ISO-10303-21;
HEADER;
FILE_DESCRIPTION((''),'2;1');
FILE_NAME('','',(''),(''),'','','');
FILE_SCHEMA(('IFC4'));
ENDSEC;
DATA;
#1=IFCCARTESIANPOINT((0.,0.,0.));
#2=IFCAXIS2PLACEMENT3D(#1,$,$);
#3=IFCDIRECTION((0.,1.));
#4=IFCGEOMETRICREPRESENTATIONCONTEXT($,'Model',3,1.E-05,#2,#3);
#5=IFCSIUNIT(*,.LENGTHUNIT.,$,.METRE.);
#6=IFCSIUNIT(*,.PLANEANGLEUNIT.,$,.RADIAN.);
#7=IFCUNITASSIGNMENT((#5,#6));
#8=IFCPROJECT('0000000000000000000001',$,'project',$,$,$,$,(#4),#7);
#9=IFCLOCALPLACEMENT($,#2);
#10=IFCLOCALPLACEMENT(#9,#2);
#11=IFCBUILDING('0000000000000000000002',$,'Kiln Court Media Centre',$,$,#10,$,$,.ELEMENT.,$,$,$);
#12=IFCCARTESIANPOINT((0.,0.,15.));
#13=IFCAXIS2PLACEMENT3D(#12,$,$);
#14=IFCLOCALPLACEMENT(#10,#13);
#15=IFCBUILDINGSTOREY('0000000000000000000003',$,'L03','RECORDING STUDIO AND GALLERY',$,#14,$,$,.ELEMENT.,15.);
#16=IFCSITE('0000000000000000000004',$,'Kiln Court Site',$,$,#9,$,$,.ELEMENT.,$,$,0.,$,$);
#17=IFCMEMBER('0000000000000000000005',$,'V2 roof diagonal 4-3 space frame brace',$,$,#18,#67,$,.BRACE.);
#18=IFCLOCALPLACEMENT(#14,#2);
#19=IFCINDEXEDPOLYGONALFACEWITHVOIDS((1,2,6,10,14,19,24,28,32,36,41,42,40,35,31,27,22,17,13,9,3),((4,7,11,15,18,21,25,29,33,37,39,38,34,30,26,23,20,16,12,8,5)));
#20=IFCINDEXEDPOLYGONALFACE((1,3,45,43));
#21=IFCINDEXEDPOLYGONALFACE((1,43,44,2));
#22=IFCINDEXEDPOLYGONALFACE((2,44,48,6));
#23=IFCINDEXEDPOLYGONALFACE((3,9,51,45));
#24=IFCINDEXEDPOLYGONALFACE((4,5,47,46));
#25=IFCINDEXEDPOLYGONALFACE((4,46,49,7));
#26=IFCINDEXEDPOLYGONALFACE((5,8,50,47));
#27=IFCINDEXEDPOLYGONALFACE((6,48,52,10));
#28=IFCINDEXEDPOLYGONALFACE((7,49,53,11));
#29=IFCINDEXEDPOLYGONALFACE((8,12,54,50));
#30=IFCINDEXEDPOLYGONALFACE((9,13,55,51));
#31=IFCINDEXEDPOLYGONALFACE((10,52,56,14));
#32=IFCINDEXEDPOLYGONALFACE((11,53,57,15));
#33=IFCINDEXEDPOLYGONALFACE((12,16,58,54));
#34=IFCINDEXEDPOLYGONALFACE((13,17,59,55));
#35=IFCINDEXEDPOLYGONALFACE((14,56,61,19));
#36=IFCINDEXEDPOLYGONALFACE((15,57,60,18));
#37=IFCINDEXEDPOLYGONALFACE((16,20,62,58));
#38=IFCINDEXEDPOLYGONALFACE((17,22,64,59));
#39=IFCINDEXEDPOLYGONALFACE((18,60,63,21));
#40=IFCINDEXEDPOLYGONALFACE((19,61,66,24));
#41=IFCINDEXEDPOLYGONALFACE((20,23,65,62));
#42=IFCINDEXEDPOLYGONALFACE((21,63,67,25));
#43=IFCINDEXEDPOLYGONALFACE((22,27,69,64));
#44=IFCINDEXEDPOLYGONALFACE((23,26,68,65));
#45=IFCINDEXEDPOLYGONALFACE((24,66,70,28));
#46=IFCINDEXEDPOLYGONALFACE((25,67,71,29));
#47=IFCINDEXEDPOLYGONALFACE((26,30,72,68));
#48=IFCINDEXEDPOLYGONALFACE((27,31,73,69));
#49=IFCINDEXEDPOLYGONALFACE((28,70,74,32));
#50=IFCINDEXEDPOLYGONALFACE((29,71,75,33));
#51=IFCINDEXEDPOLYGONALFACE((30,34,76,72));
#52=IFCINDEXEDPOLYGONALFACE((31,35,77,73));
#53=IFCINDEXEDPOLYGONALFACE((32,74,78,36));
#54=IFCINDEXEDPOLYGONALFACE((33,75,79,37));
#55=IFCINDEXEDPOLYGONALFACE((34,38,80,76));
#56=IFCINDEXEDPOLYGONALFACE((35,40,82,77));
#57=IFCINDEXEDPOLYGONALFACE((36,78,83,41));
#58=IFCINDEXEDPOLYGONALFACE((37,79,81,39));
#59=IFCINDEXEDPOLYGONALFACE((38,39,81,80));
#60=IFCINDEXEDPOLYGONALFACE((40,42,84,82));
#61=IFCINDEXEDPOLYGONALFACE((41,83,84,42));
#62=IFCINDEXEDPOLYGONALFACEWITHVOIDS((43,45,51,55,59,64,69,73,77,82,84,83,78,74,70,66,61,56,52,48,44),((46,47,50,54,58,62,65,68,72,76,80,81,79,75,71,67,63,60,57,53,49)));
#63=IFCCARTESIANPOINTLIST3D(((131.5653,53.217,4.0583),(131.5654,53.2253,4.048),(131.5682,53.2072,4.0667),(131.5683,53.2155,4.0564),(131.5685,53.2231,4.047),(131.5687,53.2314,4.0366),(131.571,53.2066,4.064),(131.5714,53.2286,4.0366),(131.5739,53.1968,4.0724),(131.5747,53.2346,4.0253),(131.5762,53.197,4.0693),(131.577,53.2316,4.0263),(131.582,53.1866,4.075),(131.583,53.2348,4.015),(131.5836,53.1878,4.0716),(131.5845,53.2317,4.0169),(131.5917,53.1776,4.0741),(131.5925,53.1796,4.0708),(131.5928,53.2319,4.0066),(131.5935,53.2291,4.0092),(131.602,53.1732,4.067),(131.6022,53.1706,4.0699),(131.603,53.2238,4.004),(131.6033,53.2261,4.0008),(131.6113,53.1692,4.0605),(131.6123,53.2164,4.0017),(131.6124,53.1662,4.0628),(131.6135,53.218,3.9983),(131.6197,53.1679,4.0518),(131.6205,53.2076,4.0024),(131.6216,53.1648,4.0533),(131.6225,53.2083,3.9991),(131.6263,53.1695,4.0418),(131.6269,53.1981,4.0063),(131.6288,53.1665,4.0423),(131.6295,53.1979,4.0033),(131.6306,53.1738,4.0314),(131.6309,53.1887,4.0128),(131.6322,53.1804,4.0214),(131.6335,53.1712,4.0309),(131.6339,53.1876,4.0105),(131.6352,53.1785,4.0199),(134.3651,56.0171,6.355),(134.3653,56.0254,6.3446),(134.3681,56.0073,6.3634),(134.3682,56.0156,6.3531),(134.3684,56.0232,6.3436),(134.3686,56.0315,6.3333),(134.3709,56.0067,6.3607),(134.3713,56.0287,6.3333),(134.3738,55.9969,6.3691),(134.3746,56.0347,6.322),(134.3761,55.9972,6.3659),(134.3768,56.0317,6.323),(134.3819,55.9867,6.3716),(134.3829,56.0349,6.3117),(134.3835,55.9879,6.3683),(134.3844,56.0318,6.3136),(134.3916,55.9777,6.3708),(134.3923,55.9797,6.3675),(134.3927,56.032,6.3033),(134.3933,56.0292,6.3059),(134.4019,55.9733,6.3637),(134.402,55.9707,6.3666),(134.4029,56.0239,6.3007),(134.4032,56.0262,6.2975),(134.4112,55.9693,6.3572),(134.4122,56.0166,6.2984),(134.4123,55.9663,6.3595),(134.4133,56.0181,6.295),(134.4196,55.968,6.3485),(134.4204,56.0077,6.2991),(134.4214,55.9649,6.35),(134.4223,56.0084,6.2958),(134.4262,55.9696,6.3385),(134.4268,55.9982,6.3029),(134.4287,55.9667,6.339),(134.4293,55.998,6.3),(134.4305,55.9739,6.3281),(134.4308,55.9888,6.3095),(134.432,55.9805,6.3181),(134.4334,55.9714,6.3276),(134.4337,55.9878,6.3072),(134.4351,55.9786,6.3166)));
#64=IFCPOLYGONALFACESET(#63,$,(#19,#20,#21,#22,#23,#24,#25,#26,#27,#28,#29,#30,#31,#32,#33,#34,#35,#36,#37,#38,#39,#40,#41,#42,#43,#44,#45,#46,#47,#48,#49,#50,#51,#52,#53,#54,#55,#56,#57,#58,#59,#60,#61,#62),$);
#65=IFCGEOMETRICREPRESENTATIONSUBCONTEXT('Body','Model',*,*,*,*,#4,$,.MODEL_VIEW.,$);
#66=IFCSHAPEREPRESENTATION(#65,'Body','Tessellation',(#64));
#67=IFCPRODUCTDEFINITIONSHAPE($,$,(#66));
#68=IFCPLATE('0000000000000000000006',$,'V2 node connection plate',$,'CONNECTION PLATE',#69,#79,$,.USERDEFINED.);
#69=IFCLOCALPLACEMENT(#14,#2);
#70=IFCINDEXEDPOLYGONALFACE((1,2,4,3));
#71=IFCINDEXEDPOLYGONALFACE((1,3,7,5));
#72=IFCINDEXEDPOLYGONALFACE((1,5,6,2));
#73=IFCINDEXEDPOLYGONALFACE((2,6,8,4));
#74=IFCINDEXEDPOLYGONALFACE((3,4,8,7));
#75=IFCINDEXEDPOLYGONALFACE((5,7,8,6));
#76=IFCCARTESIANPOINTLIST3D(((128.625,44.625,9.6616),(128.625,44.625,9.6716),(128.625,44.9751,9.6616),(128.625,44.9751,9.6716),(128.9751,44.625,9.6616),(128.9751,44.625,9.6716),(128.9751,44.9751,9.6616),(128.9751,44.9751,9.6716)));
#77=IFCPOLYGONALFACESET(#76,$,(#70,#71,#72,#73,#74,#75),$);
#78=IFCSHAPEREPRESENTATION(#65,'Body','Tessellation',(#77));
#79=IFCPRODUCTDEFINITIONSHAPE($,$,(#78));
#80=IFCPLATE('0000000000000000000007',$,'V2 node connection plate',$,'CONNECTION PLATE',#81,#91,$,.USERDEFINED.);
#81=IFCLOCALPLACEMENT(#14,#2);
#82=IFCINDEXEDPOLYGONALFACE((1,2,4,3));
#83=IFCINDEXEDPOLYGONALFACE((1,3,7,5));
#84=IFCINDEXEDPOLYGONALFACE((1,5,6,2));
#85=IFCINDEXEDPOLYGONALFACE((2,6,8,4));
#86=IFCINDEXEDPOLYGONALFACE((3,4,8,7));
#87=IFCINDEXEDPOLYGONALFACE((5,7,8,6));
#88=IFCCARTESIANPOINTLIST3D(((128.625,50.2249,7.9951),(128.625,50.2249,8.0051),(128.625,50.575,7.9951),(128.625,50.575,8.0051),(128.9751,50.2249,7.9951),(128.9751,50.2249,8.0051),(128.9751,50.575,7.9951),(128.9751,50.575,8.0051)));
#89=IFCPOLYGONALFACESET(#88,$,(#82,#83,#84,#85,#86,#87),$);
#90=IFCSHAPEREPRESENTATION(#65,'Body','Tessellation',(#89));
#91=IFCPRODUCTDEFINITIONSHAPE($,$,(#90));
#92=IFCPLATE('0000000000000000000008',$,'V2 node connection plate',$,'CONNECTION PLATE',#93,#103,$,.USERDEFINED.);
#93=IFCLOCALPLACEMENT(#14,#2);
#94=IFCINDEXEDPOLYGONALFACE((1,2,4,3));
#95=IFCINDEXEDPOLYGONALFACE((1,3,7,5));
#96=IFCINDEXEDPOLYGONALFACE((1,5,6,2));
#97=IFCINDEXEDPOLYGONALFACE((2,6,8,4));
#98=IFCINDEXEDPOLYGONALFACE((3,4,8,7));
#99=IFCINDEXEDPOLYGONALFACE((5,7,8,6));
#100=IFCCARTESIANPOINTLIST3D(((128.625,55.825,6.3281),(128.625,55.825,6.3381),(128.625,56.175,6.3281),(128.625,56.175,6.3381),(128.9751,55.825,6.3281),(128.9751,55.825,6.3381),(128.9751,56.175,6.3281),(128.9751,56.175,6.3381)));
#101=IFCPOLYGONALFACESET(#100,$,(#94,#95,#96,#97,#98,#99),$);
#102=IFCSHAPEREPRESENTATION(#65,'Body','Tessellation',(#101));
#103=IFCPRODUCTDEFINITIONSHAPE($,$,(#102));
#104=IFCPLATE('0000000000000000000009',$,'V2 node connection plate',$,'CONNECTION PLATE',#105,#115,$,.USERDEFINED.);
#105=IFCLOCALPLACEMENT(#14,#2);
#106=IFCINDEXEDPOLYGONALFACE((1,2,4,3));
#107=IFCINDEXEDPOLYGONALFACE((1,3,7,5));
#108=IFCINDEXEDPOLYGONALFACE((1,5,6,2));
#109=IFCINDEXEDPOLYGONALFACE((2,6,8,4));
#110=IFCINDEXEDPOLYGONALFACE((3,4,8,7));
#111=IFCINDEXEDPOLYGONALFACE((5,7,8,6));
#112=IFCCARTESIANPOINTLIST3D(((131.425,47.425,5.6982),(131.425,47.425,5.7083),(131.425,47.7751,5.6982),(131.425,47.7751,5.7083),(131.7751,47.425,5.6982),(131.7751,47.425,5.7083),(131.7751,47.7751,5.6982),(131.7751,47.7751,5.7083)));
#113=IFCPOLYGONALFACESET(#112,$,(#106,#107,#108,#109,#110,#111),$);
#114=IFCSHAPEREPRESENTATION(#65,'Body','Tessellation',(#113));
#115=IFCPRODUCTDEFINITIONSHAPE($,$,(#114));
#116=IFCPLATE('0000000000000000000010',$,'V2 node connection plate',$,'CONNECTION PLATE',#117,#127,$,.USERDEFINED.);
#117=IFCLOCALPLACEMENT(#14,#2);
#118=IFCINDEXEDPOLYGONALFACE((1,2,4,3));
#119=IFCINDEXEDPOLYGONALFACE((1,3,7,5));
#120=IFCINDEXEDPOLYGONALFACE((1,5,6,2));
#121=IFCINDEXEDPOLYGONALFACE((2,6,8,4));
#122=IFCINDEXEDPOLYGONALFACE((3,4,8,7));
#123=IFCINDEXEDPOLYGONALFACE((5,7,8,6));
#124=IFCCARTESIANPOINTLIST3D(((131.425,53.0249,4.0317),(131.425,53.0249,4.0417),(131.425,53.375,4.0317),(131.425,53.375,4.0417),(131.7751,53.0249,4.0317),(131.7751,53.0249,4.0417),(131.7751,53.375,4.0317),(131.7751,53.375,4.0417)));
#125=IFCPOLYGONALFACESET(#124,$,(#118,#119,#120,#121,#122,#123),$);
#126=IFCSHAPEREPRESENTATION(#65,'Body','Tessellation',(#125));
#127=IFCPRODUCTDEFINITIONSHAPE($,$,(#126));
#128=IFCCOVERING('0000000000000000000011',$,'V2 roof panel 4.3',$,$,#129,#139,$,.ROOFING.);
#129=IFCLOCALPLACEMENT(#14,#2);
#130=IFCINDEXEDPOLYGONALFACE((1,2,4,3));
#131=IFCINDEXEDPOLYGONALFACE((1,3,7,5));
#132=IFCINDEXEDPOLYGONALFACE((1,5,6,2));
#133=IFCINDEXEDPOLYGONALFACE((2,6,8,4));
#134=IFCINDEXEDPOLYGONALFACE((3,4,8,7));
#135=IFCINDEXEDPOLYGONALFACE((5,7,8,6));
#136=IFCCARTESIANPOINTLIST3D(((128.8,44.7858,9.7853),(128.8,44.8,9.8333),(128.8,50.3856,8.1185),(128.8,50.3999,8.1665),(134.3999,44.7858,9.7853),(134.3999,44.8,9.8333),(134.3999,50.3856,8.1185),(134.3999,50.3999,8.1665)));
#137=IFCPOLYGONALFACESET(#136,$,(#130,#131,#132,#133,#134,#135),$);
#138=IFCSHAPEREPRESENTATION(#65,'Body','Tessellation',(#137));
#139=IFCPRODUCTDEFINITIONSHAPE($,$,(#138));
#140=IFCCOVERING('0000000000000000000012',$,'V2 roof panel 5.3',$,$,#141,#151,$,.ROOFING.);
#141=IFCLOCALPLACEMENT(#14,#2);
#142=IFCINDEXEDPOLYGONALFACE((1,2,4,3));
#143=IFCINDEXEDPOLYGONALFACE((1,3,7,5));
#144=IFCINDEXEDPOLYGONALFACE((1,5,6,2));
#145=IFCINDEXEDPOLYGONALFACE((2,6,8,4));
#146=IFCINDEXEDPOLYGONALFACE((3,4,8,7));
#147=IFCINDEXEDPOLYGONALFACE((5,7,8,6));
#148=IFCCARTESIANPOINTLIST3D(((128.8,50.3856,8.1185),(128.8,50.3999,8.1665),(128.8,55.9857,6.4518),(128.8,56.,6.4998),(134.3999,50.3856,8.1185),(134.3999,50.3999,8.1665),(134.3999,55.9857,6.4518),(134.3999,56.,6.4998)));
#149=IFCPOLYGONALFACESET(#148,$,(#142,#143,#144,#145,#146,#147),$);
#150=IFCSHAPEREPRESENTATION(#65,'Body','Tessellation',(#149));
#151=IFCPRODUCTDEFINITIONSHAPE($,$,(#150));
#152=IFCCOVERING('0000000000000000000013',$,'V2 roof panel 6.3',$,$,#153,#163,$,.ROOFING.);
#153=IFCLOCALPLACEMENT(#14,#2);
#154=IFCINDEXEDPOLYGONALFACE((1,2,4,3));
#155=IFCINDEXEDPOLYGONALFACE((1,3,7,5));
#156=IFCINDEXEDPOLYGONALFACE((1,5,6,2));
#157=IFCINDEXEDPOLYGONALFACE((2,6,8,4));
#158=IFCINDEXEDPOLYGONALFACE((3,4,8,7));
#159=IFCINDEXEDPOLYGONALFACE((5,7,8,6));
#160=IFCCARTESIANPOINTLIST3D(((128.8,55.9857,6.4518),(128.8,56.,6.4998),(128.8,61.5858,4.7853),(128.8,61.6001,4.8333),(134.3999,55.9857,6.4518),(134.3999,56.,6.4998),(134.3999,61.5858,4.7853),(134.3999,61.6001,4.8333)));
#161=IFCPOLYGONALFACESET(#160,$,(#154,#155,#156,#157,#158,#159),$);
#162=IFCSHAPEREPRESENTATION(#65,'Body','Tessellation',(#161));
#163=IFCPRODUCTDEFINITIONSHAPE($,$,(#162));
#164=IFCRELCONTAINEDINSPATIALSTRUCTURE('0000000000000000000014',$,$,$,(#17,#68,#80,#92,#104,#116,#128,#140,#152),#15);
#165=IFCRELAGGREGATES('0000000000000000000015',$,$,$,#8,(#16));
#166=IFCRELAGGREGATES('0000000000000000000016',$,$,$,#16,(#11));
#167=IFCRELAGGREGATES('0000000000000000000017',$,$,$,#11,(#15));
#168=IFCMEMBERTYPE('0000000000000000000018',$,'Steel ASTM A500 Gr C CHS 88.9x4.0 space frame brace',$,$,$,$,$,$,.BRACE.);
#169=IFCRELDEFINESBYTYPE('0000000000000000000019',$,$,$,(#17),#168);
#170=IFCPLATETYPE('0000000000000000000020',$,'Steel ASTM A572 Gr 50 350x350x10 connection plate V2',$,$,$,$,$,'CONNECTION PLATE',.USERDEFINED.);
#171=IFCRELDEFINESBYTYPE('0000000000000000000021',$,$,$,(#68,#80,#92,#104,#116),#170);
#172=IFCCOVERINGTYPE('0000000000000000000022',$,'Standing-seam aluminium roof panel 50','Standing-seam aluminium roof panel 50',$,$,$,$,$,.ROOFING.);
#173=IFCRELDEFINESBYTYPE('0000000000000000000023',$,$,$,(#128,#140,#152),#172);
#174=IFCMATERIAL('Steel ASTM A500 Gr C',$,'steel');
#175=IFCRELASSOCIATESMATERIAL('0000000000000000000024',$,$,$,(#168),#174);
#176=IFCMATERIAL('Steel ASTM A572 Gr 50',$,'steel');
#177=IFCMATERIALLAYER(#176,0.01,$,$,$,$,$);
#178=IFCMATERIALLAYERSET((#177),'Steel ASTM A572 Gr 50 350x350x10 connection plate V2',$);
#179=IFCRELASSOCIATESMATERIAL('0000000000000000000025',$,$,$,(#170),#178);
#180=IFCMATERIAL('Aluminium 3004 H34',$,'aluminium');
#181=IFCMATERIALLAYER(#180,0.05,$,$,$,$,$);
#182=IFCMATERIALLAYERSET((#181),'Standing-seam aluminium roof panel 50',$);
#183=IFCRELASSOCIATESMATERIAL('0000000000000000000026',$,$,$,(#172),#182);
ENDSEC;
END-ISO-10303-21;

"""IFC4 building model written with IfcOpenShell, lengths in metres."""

from ifc_helpers import new_model, si_unit, direction, frame, origin, origin_2d, place, context, subcontext, project, spatial, polyline, rectangle, hollow_circle, outline, extrude, material, layer, layer_set, material_profile, profile_set, type_object, element, save


model = new_model("IFC4")

# Units and contexts
model_context = context("Model", 3, precision=1e-05, world=origin(), true_north=direction((0.0, 1.0)))
body_context = subcontext(model_context, "Body", "Model", "MODEL_VIEW")
ifc_project = project(units=[si_unit("LENGTHUNIT", "METRE"), si_unit("PLANEANGLEUNIT", "RADIAN")], contexts=[model_context])

# Site, building, storey
site_placement = place(None, origin())
site = spatial("IfcSite", under=ifc_project, at=site_placement, Name="Kiln Court Site", CompositionType="ELEMENT", RefElevation=0.0)
building_placement = place(site_placement, origin())
building = spatial("IfcBuilding", under=site, at=building_placement, Name="Kiln Court Media Centre", CompositionType="ELEMENT")
storey_placement = place(building_placement, frame((0.0, 0.0, 15.0)))
storey = spatial("IfcBuildingStorey", under=building, at=storey_placement, Name="L03", Description="RECORDING STUDIO AND GALLERY", CompositionType="ELEMENT", Elevation=15.0)

# Member
ifc_material_1 = material(Name="Steel ASTM A500 Gr C", Category="steel")
ifc_material_profile_1 = material_profile(ifc_material_1, hollow_circle(Radius=0.0444, WallThickness=0.0039, at=origin_2d()), Name="CHS 88.9x4.0")
ifc_profile_set_1 = profile_set([ifc_material_profile_1], Name="Steel ASTM A500 Gr C")
member_type_1 = type_object("IfcMemberType", Name="Steel ASTM A500 Gr C CHS 88.9x4.0 space frame brace", PredefinedType="BRACE", material=ifc_profile_set_1)
member_1_placement = place(storey_placement, frame((131.6001, 53.2, 4.0366), z_axis=(0.611642, 0.611696, 0.501719), x_axis=(-0.707138, 0.707076, 0.0)))
element("IfcMember", 1, at=member_1_placement, inside=storey, type_object=member_type_1, Name="V2 roof diagonal 4-3 space frame brace", PredefinedType="BRACE", context=body_context, shape_type="SweptSolid", body=[
    extrude(hollow_circle(Radius=0.0444, WallThickness=0.0039, at=origin_2d()), origin(), (0.0, 0.0, 1.0), 4.5776),
])

# Plates
ifc_material_2 = material(Name="Steel ASTM A572 Gr 50", Category="steel")
ifc_layer_1 = layer(ifc_material_2, 0.01)
ifc_layer_set_1 = layer_set([ifc_layer_1], Name="Steel ASTM A572 Gr 50 350x350x10 connection plate V2")
plate_type = type_object("IfcPlateType", Name="Steel ASTM A572 Gr 50 350x350x10 connection plate V2", ElementType="CONNECTION PLATE", PredefinedType="USERDEFINED", material=ifc_layer_set_1)
for number, where, z_axis, x_axis, name in (
    (2, (128.8, 44.8, 9.6616), (0.0, 0.0, 1.0), (1.0, 0.0, 0.0), "V2 node connection plate"),
    (3, (128.8, 50.3999, 7.9951), (0.0, 0.0, 1.0), (1.0, 0.0, 0.0), "V2 node connection plate"),
    (4, (128.8, 56.0, 6.3281), (0.0, 0.0, 1.0), (1.0, 0.0, 0.0), "V2 node connection plate"),
    (5, (131.6001, 47.6001, 5.6982), (0.0, 0.0, 1.0), (1.0, 0.0, 0.0), "V2 node connection plate"),
    (6, (131.6001, 53.2, 4.0317), (0.0, 0.0, 1.0), (1.0, 0.0, 0.0), "V2 node connection plate"),
):
    element("IfcPlate", number, at=place(storey_placement, frame(where, z_axis=z_axis, x_axis=x_axis)), inside=storey, type_object=plate_type, Name=name, ObjectType="CONNECTION PLATE", PredefinedType="USERDEFINED", context=body_context, shape_type="SweptSolid", body=[
        extrude(rectangle(XDim=0.3501, YDim=0.3501, at=origin_2d()), origin(), (0.0, 0.0, 1.0), 0.01),
    ])

# Coverings
ifc_material_3 = material(Name="Aluminium 3004 H34", Category="aluminium")
ifc_layer_2 = layer(ifc_material_3, 0.05)
ifc_layer_set_2 = layer_set([ifc_layer_2], Name="Standing-seam aluminium roof panel 50")
covering_type = type_object("IfcCoveringType", Name="Standing-seam aluminium roof panel 50", Description="Standing-seam aluminium roof panel 50", PredefinedType="ROOFING", material=ifc_layer_set_2)
covering_1_placement = place(storey_placement, frame((128.8, 44.8, 9.8333), z_axis=(0.0, 0.285273, 0.958446), x_axis=(0.0, 0.958446, -0.285273)))
element("IfcCovering", 7, at=covering_1_placement, inside=storey, type_object=covering_type, Name="V2 roof panel 4.3", PredefinedType="ROOFING", context=body_context, shape_type="SweptSolid", body=[
    extrude(outline(polyline([(0.0, 0.0), (5.8426, 0.0), (5.8426, -5.5999), (0.0, -5.5999), (0.0, 0.0)])), origin(), (0.0, 0.0, -1.0), 0.05),
])
covering_2_placement = place(storey_placement, frame((128.8, 50.3999, 8.1665), z_axis=(0.0, 0.285262, 0.95845), x_axis=(0.0, 0.95845, -0.285262)))
element("IfcCovering", 8, at=covering_2_placement, inside=storey, type_object=covering_type, Name="V2 roof panel 5.3", PredefinedType="ROOFING", context=body_context, shape_type="SweptSolid", body=[
    extrude(outline(polyline([(0.0, 0.0), (5.8429, 0.0), (5.8429, -5.5999), (0.0, -5.5999), (0.0, 0.0)])), origin(), (0.0, 0.0, -1.0), 0.05),
])
covering_3_placement = place(storey_placement, frame((128.8, 56.0, 6.4998), z_axis=(0.0, 0.285223, 0.958461), x_axis=(0.0, 0.958461, -0.285223)))
element("IfcCovering", 9, at=covering_3_placement, inside=storey, type_object=covering_type, Name="V2 roof panel 6.3", PredefinedType="ROOFING", context=body_context, shape_type="SweptSolid", body=[
    extrude(outline(polyline([(0.0, 0.0), (5.8428, 0.0), (5.8428, -5.5999), (0.0, -5.5999), (0.0, 0.0)])), origin(), (0.0, 0.0, -1.0), 0.05),
])

save(model, "model.ifc")
